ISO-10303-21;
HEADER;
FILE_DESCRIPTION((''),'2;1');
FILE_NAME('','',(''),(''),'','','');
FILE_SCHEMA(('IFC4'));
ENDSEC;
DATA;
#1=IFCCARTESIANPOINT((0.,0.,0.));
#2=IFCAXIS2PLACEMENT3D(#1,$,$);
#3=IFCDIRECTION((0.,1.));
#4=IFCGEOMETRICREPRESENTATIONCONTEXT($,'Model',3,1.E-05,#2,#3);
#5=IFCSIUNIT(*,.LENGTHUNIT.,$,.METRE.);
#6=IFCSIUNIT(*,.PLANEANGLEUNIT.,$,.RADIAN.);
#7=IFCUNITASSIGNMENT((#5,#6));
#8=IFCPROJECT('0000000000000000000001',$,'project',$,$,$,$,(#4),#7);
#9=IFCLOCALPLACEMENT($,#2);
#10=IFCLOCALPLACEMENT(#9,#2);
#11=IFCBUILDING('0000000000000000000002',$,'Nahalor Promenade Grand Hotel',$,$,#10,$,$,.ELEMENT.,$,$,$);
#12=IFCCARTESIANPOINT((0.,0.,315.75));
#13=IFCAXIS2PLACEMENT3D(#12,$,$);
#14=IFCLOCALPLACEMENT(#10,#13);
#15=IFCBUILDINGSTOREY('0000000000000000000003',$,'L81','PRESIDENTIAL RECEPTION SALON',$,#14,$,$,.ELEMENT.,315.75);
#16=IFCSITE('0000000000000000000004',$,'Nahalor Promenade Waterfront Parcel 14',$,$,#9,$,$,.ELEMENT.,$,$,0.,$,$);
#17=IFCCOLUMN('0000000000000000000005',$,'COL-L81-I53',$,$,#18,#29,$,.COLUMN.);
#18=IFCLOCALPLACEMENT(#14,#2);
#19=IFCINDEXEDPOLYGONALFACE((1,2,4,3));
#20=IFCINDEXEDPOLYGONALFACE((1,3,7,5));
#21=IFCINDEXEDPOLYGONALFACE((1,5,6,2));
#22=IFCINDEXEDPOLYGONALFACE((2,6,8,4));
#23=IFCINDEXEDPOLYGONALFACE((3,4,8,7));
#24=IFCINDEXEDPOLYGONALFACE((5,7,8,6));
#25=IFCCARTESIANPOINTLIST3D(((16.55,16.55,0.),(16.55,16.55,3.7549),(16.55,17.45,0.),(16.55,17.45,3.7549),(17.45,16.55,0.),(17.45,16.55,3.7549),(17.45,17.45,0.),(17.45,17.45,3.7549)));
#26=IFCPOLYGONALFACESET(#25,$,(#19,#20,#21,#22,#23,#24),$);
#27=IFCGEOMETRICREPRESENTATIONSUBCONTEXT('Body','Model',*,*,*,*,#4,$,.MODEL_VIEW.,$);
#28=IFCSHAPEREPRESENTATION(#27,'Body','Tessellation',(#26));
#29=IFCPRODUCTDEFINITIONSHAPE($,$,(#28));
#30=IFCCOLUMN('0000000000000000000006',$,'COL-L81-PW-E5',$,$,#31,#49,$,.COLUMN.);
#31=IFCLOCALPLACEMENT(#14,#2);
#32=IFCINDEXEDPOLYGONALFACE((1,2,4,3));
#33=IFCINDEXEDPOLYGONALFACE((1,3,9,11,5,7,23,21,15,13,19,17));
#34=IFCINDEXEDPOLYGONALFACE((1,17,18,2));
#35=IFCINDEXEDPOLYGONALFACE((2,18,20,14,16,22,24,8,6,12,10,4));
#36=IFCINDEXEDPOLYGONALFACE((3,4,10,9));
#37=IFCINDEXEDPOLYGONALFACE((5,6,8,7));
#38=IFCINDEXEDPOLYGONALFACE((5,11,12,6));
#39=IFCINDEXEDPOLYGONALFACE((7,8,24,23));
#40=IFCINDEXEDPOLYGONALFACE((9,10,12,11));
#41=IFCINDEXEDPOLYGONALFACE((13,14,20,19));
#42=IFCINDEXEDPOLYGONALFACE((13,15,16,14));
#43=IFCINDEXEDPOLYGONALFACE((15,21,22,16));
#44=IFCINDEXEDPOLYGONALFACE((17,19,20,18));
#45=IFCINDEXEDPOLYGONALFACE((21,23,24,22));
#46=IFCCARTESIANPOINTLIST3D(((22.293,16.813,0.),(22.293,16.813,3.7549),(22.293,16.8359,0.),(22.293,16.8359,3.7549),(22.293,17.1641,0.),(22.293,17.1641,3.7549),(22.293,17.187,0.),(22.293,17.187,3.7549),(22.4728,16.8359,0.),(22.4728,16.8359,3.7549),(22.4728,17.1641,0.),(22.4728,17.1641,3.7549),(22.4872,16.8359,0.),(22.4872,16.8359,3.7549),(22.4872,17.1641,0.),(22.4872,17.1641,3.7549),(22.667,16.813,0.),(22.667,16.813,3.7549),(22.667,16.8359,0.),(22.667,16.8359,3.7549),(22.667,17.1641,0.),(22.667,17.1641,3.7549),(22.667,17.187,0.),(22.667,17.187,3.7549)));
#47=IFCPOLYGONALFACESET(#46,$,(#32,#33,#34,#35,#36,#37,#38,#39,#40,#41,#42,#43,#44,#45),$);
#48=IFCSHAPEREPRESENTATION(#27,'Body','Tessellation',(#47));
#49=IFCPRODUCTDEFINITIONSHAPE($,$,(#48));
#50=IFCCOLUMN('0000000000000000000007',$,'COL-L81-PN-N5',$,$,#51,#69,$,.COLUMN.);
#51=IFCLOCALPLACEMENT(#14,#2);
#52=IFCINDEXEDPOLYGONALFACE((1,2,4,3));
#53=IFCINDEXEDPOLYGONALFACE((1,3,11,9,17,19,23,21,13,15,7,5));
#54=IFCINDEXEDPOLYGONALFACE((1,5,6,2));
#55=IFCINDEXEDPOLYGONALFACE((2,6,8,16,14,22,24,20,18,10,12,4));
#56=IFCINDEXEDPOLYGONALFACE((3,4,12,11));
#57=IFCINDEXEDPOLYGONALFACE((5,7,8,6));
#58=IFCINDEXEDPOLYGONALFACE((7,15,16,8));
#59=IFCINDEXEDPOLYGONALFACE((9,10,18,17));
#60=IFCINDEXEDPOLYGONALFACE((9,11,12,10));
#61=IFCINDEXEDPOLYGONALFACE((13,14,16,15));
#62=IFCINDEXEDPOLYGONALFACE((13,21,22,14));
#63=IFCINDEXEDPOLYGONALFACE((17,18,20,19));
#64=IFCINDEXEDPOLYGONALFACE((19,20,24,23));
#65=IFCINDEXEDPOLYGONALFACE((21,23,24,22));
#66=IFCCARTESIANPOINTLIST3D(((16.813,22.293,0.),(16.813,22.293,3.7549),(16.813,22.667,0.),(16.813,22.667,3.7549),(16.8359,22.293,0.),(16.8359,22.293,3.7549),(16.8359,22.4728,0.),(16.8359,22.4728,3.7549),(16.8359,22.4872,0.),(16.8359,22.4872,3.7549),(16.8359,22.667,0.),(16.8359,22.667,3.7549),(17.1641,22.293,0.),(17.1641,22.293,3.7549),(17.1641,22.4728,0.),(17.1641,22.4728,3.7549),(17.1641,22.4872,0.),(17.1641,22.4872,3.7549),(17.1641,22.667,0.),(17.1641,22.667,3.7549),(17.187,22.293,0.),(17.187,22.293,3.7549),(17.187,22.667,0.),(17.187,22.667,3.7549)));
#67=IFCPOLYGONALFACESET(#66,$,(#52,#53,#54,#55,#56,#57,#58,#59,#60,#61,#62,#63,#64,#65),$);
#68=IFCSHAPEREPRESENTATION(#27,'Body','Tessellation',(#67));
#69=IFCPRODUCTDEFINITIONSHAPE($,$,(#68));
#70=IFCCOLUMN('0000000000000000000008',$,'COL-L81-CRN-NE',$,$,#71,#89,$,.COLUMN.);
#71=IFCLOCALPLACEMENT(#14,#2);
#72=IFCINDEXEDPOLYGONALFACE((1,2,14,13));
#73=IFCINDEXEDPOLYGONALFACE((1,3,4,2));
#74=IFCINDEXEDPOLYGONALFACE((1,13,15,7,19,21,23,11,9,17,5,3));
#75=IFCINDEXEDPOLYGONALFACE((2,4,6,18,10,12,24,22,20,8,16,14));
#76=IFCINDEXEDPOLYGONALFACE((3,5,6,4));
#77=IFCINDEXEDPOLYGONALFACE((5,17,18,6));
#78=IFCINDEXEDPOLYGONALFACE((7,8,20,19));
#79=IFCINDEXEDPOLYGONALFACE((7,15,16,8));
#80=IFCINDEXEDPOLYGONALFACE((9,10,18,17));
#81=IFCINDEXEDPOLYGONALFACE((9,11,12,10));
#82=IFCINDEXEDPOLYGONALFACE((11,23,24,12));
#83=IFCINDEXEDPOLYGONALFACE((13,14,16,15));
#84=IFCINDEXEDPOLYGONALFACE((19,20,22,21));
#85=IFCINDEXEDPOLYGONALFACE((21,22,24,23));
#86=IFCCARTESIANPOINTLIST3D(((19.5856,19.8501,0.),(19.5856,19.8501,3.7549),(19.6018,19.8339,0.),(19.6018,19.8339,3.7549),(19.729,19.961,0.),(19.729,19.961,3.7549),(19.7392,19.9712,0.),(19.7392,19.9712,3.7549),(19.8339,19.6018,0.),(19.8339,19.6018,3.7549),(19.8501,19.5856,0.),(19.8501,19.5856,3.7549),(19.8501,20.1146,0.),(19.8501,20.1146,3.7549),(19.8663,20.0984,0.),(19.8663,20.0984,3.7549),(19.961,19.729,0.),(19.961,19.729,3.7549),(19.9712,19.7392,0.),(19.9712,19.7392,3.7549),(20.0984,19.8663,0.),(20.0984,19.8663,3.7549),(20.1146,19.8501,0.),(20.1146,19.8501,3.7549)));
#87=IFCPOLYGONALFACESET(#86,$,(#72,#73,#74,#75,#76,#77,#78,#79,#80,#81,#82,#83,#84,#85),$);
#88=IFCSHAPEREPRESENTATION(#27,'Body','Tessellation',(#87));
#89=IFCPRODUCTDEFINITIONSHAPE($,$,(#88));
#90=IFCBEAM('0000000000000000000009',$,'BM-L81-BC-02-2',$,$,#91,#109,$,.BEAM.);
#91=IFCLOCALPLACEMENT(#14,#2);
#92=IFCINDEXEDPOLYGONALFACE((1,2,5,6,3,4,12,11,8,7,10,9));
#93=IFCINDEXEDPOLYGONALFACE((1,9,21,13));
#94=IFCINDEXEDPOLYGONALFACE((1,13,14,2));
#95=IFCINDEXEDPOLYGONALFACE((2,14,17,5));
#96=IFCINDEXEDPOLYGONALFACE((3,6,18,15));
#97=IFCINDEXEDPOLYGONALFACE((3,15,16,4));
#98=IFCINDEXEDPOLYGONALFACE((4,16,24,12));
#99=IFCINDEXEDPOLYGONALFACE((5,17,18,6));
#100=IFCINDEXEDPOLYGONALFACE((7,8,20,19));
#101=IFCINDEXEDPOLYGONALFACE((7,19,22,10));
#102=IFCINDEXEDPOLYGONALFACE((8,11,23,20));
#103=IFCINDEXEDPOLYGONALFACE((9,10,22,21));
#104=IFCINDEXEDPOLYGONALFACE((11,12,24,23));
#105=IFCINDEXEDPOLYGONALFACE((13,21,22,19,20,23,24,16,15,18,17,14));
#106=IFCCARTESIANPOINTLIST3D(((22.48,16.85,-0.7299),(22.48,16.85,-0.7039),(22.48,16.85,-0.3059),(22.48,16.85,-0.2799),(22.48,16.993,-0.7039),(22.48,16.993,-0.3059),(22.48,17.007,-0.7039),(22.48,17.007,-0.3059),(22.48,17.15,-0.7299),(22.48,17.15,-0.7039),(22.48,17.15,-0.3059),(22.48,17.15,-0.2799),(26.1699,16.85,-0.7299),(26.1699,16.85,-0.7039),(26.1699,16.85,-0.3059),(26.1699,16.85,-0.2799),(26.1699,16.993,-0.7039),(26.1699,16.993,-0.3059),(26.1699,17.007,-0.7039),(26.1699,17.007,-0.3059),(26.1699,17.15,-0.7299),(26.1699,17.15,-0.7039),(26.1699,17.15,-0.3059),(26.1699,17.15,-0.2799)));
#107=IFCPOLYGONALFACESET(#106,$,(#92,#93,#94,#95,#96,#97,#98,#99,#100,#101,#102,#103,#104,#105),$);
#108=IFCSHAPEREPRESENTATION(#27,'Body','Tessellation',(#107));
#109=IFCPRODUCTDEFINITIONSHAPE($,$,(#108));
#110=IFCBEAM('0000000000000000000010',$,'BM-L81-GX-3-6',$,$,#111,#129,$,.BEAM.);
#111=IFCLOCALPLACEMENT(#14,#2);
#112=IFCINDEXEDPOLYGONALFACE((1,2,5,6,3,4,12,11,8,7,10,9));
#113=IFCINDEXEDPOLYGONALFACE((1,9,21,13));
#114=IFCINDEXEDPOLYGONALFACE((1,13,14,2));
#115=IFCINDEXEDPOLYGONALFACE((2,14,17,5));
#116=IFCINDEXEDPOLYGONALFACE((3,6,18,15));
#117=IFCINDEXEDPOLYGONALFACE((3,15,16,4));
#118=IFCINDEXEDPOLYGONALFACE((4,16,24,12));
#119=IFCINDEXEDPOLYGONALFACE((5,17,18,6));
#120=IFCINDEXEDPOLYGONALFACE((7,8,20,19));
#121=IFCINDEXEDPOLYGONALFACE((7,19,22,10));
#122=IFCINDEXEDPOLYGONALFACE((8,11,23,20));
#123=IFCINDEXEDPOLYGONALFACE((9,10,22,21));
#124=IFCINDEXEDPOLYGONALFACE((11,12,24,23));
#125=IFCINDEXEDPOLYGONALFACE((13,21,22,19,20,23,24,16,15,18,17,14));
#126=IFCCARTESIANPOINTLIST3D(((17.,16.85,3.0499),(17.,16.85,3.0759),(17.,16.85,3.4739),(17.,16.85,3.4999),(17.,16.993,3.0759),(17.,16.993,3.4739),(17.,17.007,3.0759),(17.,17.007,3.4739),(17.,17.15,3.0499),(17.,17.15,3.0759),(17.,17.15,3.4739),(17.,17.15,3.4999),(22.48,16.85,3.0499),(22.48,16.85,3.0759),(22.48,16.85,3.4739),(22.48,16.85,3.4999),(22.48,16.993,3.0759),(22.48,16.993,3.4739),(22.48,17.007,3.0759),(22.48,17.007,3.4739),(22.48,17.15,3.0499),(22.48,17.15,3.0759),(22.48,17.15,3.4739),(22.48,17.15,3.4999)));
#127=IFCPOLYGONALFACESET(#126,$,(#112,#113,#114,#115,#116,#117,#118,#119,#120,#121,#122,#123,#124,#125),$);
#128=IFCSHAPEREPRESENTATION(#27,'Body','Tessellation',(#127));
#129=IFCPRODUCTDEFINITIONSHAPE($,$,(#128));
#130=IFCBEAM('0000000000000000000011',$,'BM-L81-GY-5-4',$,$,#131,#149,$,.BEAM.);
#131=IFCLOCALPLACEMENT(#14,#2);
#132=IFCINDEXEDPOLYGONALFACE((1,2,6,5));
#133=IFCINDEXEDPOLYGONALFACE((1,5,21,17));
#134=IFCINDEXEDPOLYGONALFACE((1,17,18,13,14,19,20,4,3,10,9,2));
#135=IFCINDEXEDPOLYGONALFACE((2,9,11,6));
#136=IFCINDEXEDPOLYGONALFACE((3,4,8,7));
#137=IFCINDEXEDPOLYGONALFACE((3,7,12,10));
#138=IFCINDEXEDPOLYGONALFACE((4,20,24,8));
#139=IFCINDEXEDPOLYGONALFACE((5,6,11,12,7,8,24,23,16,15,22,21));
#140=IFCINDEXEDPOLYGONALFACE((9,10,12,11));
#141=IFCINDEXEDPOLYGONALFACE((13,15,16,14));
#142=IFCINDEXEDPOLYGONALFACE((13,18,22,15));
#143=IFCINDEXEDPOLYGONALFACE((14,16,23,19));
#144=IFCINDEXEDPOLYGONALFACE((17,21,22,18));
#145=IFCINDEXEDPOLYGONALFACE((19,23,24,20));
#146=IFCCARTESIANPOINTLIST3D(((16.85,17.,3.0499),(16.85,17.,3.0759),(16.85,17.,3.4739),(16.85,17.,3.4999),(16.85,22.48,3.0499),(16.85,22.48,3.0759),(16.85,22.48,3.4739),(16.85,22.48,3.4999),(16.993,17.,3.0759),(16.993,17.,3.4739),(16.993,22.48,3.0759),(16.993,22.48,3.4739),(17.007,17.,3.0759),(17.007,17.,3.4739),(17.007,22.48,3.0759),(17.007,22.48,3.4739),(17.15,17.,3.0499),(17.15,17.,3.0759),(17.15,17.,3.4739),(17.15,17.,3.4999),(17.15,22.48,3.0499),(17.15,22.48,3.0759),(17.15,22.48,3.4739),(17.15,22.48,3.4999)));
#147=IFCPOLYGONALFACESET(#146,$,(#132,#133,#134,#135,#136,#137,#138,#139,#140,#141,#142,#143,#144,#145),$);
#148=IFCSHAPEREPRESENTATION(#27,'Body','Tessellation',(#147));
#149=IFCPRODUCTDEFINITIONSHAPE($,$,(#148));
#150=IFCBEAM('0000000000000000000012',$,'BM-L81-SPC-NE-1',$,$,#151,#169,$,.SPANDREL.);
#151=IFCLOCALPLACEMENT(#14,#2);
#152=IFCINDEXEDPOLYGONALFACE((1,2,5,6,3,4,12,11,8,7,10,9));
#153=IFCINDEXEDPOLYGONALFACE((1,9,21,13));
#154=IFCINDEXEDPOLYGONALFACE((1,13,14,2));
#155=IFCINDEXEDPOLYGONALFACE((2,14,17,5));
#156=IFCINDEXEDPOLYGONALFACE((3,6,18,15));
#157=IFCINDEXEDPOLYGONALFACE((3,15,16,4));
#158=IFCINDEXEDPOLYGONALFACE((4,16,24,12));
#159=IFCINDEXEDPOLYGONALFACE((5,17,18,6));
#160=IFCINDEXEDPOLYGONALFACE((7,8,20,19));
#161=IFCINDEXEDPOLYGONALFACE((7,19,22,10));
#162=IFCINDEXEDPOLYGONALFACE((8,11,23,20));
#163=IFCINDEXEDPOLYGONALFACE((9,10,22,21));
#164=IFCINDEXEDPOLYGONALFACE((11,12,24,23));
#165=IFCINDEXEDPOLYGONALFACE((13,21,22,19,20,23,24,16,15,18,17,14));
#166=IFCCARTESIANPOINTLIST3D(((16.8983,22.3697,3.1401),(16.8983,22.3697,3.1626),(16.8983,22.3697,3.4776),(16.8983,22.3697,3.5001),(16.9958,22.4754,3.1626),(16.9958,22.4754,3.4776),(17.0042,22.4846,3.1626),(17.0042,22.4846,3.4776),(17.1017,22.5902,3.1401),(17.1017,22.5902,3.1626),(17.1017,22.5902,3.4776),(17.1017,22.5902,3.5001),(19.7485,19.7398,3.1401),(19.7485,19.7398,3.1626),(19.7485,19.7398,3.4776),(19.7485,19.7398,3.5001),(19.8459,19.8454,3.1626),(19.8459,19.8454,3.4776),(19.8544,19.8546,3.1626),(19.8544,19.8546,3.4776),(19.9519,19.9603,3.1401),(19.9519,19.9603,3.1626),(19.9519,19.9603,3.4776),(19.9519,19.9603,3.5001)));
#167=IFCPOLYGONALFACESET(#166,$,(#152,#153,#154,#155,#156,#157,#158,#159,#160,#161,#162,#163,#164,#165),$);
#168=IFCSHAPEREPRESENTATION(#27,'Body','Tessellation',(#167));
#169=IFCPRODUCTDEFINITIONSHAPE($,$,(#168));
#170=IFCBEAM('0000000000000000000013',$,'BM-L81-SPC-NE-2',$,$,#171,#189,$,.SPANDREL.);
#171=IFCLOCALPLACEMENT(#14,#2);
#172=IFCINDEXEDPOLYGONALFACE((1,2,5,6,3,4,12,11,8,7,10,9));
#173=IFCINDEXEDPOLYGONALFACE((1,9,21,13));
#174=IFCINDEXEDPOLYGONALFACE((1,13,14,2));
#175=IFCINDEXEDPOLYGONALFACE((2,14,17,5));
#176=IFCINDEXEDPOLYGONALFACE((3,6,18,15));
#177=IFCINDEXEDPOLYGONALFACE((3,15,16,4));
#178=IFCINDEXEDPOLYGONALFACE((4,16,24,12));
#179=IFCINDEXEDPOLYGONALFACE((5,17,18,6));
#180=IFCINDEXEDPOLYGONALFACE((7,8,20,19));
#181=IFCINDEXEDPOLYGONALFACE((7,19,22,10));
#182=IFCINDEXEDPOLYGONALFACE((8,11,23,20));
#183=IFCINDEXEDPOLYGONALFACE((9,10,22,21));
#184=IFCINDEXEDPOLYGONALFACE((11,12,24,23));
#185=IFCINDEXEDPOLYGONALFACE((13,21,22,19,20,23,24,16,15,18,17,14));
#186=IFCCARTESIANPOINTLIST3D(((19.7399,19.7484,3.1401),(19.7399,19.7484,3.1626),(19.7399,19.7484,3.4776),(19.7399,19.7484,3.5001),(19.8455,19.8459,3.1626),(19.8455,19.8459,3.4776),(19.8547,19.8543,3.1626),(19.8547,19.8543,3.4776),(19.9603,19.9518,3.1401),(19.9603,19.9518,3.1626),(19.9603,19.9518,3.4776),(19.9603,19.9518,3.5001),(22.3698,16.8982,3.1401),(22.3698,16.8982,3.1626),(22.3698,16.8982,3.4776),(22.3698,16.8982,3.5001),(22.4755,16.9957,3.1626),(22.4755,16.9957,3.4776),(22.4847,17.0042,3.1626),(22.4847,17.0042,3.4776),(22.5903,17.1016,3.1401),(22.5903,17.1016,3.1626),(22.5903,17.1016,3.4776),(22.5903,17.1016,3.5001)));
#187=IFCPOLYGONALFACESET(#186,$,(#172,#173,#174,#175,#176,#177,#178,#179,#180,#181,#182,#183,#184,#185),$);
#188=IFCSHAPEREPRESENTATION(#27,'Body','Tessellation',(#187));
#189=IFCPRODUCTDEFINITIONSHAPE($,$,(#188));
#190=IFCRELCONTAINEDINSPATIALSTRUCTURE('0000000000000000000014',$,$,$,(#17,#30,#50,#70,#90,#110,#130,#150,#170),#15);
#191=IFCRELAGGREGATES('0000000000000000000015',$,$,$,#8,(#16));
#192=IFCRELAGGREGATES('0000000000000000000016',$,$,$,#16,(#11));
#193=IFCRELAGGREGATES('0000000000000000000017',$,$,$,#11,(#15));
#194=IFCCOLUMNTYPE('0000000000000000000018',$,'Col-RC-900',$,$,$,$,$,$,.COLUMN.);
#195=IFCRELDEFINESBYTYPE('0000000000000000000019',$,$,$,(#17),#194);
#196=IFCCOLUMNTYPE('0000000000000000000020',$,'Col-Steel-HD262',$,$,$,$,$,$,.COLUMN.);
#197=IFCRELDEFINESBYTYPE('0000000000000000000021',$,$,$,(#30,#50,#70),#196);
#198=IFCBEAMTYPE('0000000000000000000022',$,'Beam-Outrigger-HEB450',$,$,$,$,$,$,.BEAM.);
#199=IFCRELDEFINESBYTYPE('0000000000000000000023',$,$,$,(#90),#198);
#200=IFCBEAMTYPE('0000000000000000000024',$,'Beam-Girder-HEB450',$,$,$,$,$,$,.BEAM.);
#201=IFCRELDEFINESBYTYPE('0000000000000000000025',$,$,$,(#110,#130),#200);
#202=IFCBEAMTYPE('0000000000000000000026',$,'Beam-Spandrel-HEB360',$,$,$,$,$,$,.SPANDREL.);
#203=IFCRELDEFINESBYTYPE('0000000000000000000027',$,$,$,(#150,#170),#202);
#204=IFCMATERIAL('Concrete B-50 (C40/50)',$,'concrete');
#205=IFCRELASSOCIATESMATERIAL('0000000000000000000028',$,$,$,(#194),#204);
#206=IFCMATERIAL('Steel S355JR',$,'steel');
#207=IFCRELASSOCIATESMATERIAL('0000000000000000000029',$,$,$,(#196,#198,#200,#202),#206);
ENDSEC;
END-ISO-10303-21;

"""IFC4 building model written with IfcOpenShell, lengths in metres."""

from ifc_helpers import new_model, si_unit, direction, frame, origin, origin_2d, place, context, subcontext, project, spatial, rectangle, i_section, extrude, source, transform, mapped, material, material_profile, profile_set, type_object, element, save


model = new_model("IFC4")

# Units and contexts
model_context = context("Model", 3, precision=1e-05, world=origin(), true_north=direction((0.0, 1.0)))
body_context = subcontext(model_context, "Body", "Model", "MODEL_VIEW")
ifc_project = project(units=[si_unit("LENGTHUNIT", "METRE"), si_unit("PLANEANGLEUNIT", "RADIAN")], contexts=[model_context])

# Site, building, storey
site_placement = place(None, origin())
site = spatial("IfcSite", under=ifc_project, at=site_placement, Name="Nahalor Promenade Waterfront Parcel 14", CompositionType="ELEMENT", RefElevation=0.0)
building_placement = place(site_placement, origin())
building = spatial("IfcBuilding", under=site, at=building_placement, Name="Nahalor Promenade Grand Hotel", CompositionType="ELEMENT")
storey_placement = place(building_placement, frame((0.0, 0.0, 315.75)))
storey = spatial("IfcBuildingStorey", under=building, at=storey_placement, Name="L81", Description="PRESIDENTIAL RECEPTION SALON", CompositionType="ELEMENT", Elevation=315.75)

# Columns
ifc_material_1 = material(Name="Concrete B-50 (C40/50)", Category="concrete")
ifc_material_profile_1 = material_profile(ifc_material_1, rectangle(XDim=0.9, YDim=0.9, at=origin_2d()), Name="RC 900x900")
ifc_profile_set_1 = profile_set([ifc_material_profile_1], Name="Concrete B-50 (C40/50)")
column_type_1 = type_object("IfcColumnType", Name="Col-RC-900", PredefinedType="COLUMN", material=ifc_profile_set_1)
shared_shape_1 = source(origin(), body_context, "Body", "SweptSolid", [
    extrude(rectangle(XDim=0.9, YDim=0.9, at=origin_2d()), origin(), (0.0, 0.0, 1.0), 3.7549),
])
column_placement = place(storey_placement, frame((17.0, 17.0, 0.0), z_axis=(0.0, 0.0, 1.0), x_axis=(1.0, 0.0, 0.0)))
element("IfcColumn", 1, at=column_placement, inside=storey, type_object=column_type_1, Name="COL-L81-I53", PredefinedType="COLUMN", context=body_context, shape_type="MappedRepresentation", body=[
    mapped(shared_shape_1, transform((0.0, 0.0, 0.0), scale=1.0)),
])
ifc_material_2 = material(Name="Steel S355JR", Category="steel")
ifc_material_profile_2 = material_profile(ifc_material_2, i_section(OverallWidth=0.374, OverallDepth=0.374, WebThickness=0.0144, FlangeThickness=0.0229, at=origin_2d()), Name="HD 360x262")
ifc_profile_set_2 = profile_set([ifc_material_profile_2], Name="Steel S355JR")
column_type_2 = type_object("IfcColumnType", Name="Col-Steel-HD262", PredefinedType="COLUMN", material=ifc_profile_set_2)
shared_shape_2 = source(origin(), body_context, "Body", "SweptSolid", [
    extrude(i_section(OverallWidth=0.374, OverallDepth=0.374, WebThickness=0.0144, FlangeThickness=0.0229, at=origin_2d()), origin(), (0.0, 0.0, 1.0), 3.7549),
])
for number, where, z_axis, x_axis, name in (
    (2, (22.48, 17.0, 0.0), (0.0, 0.0, 1.0), (1.0, 0.0, 0.0), "COL-L81-PW-E5"),
    (3, (17.0, 22.48, 0.0), (0.0, 0.0, 1.0), (0.0, 1.0, 0.0), "COL-L81-PN-N5"),
    (4, (19.8501, 19.8501, 0.0), (0.0, 0.0, 1.0), (0.707107, 0.707107, 0.0), "COL-L81-CRN-NE"),
):
    element("IfcColumn", number, at=place(storey_placement, frame(where, z_axis=z_axis, x_axis=x_axis)), inside=storey, type_object=column_type_2, Name=name, PredefinedType="COLUMN", context=body_context, shape_type="MappedRepresentation", body=[
        mapped(shared_shape_2, transform((0.0, 0.0, 0.0), scale=1.0)),
    ])

# Beams
ifc_material_profile_3 = material_profile(ifc_material_2, i_section(OverallWidth=0.3, OverallDepth=0.45, WebThickness=0.014, FlangeThickness=0.026, at=origin_2d()), Name="HEB 450")
ifc_profile_set_3 = profile_set([ifc_material_profile_3], Name="Steel S355JR")
beam_type_1 = type_object("IfcBeamType", Name="Beam-Outrigger-HEB450", PredefinedType="BEAM", material=ifc_profile_set_3)
shared_shape_3 = source(origin(), body_context, "Body", "SweptSolid", [
    extrude(i_section(OverallWidth=0.3, OverallDepth=0.45, WebThickness=0.014, FlangeThickness=0.026, at=origin_2d()), origin(), (0.0, 0.0, 1.0), 3.6899),
])
beam_placement = place(storey_placement, frame((22.48, 17.0, -0.5049), z_axis=(1.0, 0.0, 0.0), x_axis=(0.0, 1.0, 0.0)))
element("IfcBeam", 5, at=beam_placement, inside=storey, type_object=beam_type_1, Name="BM-L81-BC-02-2", PredefinedType="BEAM", context=body_context, shape_type="MappedRepresentation", body=[
    mapped(shared_shape_3, transform((0.0, 0.0, 0.0), scale=1.0)),
])
ifc_material_profile_4 = material_profile(ifc_material_2, i_section(OverallWidth=0.3, OverallDepth=0.45, WebThickness=0.014, FlangeThickness=0.026, at=origin_2d()), Name="HEB 450")
ifc_profile_set_4 = profile_set([ifc_material_profile_4], Name="Steel S355JR")
beam_type_2 = type_object("IfcBeamType", Name="Beam-Girder-HEB450", PredefinedType="BEAM", material=ifc_profile_set_4)
shared_shape_4 = source(origin(), body_context, "Body", "SweptSolid", [
    extrude(i_section(OverallWidth=0.3, OverallDepth=0.45, WebThickness=0.014, FlangeThickness=0.026, at=origin_2d()), origin(), (0.0, 0.0, 1.0), 5.48),
])
for number, where, z_axis, x_axis, name in (
    (6, (17.0, 17.0, 3.2749), (1.0, 0.0, 0.0), (0.0, 1.0, 0.0), "BM-L81-GX-3-6"),
    (7, (17.0, 17.0, 3.2749), (0.0, 1.0, 0.0), (-1.0, 0.0, 0.0), "BM-L81-GY-5-4"),
):
    element("IfcBeam", number, at=place(storey_placement, frame(where, z_axis=z_axis, x_axis=x_axis)), inside=storey, type_object=beam_type_2, Name=name, PredefinedType="BEAM", context=body_context, shape_type="MappedRepresentation", body=[
        mapped(shared_shape_4, transform((0.0, 0.0, 0.0), scale=1.0)),
    ])
ifc_material_profile_5 = material_profile(ifc_material_2, i_section(OverallWidth=0.3, OverallDepth=0.36, WebThickness=0.0125, FlangeThickness=0.0225, at=origin_2d()), Name="HEB 360")
ifc_profile_set_5 = profile_set([ifc_material_profile_5], Name="Steel S355JR")
beam_type_3 = type_object("IfcBeamType", Name="Beam-Spandrel-HEB360", PredefinedType="SPANDREL", material=ifc_profile_set_5)
shared_shape_5 = source(origin(), body_context, "Body", "SweptSolid", [
    extrude(i_section(OverallWidth=0.3, OverallDepth=0.36, WebThickness=0.0125, FlangeThickness=0.0225, at=origin_2d()), origin(), (0.0, 0.0, 1.0), 3.8782),
])
for number, where, z_axis, x_axis, name in (
    (8, (17.0, 22.48, 3.3201), (0.734929, -0.678144, 0.0), (0.678144, 0.734929, 0.0), "BM-L81-SPC-NE-1"),
    (9, (19.8501, 19.8501, 3.3201), (0.678144, -0.734929, 0.0), (0.734929, 0.678144, 0.0), "BM-L81-SPC-NE-2"),
):
    element("IfcBeam", number, at=place(storey_placement, frame(where, z_axis=z_axis, x_axis=x_axis)), inside=storey, type_object=beam_type_3, Name=name, PredefinedType="SPANDREL", context=body_context, shape_type="MappedRepresentation", body=[
        mapped(shared_shape_5, transform((0.0, 0.0, 0.0), scale=1.0)),
    ])

save(model, "model.ifc")
